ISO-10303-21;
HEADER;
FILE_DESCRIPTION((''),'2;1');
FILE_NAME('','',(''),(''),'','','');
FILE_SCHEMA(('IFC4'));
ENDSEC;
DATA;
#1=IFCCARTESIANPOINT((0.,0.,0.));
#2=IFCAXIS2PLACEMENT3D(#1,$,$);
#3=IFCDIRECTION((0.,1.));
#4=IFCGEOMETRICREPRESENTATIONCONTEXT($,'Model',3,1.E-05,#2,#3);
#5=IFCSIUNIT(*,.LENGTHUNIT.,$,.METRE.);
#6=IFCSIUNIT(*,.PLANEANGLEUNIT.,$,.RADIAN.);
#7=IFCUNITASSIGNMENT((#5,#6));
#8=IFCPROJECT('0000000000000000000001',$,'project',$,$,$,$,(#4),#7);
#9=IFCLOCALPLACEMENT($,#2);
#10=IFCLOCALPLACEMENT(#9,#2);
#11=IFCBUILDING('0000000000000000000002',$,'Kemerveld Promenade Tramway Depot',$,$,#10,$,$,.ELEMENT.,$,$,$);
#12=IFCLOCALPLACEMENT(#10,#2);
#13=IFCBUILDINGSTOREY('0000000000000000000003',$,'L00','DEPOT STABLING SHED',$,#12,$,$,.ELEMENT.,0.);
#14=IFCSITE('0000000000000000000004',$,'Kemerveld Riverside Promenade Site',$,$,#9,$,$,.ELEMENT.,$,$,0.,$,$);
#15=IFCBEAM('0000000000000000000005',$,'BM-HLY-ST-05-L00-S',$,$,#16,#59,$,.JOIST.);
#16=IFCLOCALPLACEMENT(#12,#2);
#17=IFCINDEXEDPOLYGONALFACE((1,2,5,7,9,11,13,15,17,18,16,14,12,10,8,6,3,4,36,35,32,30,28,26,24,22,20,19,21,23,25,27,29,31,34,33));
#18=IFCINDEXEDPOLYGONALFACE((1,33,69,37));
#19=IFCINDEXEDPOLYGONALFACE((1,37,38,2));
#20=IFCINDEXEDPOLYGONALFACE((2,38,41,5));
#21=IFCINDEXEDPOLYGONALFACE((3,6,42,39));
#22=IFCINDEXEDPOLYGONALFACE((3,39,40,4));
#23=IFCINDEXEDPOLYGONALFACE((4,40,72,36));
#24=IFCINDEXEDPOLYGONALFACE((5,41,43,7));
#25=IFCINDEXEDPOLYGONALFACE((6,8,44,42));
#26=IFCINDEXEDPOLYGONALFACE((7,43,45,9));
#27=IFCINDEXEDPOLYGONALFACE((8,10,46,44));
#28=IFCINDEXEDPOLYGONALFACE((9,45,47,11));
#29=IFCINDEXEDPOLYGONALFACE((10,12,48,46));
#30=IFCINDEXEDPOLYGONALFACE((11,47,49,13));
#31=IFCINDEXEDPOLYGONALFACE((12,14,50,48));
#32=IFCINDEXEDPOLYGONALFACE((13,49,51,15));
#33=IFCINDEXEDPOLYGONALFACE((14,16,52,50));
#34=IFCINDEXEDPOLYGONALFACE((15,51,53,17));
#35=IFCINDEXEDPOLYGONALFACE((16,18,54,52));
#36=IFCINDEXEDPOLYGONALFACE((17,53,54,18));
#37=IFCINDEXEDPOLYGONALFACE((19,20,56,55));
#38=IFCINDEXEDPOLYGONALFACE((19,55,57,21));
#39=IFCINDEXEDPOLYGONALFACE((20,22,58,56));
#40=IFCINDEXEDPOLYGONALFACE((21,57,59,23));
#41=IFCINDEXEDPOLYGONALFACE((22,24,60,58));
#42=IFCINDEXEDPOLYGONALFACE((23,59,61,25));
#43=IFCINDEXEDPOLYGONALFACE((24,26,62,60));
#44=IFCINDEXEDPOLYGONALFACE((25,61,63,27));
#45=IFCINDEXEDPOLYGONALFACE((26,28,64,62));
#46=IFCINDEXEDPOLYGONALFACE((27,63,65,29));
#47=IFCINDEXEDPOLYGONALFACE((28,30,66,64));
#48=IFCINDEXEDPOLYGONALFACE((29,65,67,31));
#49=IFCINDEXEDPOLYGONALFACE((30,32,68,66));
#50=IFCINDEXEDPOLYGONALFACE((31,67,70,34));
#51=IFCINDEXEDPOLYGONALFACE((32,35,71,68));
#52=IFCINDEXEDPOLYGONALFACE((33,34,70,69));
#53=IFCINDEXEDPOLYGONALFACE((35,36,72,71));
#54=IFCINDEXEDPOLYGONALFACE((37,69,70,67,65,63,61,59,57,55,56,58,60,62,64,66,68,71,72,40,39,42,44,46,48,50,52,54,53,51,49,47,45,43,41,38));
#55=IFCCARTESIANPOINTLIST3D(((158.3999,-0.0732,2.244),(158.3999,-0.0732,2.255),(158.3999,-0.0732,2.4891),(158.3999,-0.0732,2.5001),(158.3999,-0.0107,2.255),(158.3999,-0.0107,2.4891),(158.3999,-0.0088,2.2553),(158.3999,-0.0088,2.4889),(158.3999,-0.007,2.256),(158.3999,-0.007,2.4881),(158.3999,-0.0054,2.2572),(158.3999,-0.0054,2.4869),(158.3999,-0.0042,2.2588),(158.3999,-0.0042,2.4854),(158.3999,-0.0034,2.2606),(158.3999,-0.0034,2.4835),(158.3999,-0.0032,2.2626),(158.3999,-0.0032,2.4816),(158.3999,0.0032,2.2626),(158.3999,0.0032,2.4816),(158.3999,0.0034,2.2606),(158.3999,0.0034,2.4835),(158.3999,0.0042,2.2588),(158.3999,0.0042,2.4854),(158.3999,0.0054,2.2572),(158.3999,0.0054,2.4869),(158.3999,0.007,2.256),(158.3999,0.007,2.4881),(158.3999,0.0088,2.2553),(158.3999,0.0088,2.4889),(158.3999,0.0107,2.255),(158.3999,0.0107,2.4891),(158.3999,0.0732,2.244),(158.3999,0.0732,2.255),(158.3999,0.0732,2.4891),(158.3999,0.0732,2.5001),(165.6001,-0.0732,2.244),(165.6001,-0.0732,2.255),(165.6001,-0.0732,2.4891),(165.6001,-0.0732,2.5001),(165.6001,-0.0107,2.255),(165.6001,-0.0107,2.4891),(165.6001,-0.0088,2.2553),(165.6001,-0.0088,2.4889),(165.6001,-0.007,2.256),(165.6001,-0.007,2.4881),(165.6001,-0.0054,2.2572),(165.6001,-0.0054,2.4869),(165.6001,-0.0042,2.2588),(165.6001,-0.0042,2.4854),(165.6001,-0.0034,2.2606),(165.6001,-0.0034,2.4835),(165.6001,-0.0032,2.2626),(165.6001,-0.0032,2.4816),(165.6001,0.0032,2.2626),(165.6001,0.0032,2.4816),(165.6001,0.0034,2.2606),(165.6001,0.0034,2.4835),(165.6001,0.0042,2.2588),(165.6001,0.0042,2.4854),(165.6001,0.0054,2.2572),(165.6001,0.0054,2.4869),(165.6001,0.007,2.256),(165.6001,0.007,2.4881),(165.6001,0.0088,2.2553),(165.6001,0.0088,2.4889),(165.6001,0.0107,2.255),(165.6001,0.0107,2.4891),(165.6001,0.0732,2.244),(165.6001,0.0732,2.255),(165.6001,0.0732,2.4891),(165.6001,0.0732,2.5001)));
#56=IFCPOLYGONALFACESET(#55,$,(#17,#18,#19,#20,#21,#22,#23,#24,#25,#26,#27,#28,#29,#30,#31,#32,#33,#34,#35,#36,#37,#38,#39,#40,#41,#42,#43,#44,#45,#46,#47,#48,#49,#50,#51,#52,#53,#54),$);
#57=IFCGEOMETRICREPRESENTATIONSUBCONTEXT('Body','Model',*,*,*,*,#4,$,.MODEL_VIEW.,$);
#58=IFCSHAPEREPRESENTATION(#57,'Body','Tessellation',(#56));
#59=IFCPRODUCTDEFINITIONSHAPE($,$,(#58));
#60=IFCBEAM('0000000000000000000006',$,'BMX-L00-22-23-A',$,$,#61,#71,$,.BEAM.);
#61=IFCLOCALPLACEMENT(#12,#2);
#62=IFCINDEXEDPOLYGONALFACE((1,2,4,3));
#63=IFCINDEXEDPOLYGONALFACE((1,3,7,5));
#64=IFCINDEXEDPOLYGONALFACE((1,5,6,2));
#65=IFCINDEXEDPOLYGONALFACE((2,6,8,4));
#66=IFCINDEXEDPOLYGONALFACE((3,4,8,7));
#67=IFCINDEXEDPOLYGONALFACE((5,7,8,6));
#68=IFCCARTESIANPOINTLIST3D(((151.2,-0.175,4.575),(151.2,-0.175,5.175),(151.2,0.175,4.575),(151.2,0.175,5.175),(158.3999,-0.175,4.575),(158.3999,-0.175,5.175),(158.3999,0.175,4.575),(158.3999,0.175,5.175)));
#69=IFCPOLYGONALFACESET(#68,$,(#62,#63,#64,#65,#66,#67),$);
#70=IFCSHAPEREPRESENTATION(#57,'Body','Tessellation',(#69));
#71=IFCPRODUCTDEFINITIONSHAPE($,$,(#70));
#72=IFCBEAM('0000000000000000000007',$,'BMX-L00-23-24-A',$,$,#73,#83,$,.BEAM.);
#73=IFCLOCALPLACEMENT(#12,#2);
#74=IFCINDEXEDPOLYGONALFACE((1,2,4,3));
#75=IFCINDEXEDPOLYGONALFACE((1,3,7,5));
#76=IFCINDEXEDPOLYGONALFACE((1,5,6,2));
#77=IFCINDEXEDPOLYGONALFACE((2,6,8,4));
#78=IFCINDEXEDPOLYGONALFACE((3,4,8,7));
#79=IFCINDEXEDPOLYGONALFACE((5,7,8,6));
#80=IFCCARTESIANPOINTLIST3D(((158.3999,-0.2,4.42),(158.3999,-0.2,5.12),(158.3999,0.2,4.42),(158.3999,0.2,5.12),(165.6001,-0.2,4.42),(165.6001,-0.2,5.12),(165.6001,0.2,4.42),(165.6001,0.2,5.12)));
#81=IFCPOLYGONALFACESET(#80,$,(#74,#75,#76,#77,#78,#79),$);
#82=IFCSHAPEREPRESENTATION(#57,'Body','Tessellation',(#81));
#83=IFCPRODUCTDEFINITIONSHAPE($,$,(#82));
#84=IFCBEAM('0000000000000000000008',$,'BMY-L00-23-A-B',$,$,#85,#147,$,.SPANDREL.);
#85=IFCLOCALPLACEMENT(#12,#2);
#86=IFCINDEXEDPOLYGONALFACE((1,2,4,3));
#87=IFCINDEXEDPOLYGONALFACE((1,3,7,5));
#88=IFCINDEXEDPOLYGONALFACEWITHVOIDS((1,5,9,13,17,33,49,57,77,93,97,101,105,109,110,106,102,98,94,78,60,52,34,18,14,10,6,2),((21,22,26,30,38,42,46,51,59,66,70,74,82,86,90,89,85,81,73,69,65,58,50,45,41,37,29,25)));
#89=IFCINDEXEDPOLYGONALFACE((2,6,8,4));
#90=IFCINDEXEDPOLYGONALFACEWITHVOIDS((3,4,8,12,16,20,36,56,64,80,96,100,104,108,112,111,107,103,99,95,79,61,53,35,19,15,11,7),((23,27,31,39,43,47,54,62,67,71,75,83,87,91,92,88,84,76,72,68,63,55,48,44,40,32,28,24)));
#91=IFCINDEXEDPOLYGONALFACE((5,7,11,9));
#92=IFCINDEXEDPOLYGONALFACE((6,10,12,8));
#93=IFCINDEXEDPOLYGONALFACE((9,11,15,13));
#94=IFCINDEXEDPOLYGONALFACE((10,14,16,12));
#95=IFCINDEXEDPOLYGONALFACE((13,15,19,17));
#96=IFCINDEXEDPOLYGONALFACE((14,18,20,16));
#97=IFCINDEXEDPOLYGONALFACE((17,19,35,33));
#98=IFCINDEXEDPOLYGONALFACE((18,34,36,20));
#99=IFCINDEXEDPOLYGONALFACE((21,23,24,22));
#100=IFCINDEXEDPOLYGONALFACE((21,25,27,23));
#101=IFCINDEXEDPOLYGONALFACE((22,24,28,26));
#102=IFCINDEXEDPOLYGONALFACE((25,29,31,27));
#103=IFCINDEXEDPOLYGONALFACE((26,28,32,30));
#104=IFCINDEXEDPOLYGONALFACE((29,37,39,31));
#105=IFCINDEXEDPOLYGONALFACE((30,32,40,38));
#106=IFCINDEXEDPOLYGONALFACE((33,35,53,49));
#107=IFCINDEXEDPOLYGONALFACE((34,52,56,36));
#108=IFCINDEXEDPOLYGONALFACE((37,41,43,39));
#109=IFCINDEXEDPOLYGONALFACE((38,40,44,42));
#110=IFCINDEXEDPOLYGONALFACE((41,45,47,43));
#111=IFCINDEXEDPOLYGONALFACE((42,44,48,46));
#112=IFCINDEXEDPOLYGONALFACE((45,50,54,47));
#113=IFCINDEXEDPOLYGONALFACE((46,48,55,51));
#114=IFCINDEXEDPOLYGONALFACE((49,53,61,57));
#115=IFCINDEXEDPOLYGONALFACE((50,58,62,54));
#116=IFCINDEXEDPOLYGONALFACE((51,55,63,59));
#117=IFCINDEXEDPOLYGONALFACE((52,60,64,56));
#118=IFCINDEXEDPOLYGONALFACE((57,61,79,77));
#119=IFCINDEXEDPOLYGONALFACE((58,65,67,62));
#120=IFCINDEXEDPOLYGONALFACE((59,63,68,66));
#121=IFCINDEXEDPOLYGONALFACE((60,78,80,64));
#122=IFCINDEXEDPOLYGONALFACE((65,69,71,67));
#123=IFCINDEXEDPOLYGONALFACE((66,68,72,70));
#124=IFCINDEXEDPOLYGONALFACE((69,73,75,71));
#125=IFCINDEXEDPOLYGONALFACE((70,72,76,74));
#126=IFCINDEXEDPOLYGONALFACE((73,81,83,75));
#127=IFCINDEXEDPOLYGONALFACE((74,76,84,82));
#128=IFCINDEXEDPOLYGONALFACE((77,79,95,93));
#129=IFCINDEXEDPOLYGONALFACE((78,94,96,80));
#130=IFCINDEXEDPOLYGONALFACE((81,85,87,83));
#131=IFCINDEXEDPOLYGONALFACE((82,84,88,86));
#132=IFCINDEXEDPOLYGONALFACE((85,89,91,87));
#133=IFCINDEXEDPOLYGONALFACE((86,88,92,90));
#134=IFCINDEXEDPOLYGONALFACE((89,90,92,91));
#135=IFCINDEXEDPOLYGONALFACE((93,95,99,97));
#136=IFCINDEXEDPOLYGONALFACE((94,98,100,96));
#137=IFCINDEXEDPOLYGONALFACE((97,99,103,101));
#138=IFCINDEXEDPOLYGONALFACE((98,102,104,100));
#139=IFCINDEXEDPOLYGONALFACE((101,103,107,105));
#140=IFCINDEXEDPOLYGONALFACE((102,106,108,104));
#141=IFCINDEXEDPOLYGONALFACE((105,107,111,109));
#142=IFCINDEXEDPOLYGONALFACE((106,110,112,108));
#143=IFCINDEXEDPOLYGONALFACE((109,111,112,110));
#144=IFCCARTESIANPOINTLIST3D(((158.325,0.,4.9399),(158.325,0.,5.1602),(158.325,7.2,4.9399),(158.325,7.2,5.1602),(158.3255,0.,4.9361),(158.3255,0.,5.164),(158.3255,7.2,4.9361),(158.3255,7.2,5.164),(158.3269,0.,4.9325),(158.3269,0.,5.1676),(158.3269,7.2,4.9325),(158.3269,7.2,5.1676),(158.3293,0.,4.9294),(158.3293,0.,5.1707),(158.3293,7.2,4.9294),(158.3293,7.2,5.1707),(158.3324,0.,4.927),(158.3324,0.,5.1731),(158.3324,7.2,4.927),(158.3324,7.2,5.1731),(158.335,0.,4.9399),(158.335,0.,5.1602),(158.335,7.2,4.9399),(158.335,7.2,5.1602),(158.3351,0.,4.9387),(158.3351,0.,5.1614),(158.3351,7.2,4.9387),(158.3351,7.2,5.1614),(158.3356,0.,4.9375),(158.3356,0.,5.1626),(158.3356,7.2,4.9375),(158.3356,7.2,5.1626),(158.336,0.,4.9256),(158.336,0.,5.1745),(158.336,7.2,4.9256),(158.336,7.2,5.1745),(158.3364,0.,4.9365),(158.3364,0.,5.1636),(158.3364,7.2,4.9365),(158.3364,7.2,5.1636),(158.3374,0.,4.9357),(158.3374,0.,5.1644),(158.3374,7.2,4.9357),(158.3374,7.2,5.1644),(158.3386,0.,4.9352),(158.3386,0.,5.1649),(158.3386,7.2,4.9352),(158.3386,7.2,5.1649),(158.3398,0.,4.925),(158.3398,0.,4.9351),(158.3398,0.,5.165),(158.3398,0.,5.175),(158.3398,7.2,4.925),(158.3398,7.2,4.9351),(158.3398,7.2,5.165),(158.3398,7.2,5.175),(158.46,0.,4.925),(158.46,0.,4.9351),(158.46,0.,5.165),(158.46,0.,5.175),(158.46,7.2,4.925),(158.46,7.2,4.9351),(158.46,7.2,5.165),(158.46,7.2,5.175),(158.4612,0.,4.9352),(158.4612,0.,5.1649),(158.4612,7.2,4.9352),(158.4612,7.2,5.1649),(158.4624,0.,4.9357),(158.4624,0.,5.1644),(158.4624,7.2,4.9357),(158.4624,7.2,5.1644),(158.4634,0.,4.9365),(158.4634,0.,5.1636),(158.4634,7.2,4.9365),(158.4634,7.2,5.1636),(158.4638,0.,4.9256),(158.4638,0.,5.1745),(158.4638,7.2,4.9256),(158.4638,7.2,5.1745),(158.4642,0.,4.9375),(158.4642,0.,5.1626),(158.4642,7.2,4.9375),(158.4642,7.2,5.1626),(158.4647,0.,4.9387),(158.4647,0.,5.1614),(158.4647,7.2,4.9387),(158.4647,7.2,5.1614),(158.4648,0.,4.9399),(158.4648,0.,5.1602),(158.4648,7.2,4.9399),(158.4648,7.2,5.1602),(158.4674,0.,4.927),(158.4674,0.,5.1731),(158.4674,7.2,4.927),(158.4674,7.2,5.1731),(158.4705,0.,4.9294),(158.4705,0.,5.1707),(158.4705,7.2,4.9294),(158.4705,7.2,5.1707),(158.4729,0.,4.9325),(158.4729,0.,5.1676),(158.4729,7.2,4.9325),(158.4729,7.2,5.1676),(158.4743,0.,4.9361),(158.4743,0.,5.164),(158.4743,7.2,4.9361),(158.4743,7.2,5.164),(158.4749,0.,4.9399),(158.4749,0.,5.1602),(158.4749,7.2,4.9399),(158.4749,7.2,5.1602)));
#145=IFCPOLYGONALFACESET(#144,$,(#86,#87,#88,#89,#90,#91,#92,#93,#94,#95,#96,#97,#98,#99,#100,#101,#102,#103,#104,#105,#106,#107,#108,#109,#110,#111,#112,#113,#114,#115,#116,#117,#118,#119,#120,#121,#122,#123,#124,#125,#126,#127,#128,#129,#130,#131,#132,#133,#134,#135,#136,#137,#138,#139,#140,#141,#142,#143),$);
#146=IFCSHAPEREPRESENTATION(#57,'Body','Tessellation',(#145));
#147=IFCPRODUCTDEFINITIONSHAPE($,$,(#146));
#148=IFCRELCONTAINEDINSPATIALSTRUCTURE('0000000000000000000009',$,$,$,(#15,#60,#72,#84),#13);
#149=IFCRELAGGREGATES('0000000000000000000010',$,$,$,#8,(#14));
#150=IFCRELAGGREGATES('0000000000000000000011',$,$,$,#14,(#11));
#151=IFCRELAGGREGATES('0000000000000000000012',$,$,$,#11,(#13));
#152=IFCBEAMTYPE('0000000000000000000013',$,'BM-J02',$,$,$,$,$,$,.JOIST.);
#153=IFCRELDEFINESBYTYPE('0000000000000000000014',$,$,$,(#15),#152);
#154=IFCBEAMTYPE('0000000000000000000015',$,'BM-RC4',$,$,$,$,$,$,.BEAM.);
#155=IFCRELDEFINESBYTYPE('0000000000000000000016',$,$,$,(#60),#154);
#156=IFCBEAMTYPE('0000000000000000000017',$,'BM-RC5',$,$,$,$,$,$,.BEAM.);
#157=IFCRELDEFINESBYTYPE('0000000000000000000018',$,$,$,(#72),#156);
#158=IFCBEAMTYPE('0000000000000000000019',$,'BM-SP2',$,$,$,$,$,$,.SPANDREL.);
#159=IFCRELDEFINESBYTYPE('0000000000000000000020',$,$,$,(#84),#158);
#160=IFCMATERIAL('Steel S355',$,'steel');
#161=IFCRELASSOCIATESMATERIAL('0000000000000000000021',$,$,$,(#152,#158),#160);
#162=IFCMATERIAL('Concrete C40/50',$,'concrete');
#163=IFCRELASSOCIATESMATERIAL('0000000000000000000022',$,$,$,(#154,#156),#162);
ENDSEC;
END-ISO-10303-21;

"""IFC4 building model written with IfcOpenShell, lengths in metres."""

from ifc_helpers import new_model, si_unit, direction, frame, origin, origin_2d, place, context, subcontext, project, spatial, rectangle, hollow_rectangle, i_section, extrude, material, material_profile, profile_set, type_object, element, save


model = new_model("IFC4")

# Units and contexts
model_context = context("Model", 3, precision=1e-05, world=origin(), true_north=direction((0.0, 1.0)))
body_context = subcontext(model_context, "Body", "Model", "MODEL_VIEW")
ifc_project = project(units=[si_unit("LENGTHUNIT", "METRE"), si_unit("PLANEANGLEUNIT", "RADIAN")], contexts=[model_context])

# Site, building, storey
site_placement = place(None, origin())
site = spatial("IfcSite", under=ifc_project, at=site_placement, Name="Kemerveld Riverside Promenade Site", CompositionType="ELEMENT", RefElevation=0.0)
building_placement = place(site_placement, origin())
building = spatial("IfcBuilding", under=site, at=building_placement, Name="Kemerveld Promenade Tramway Depot", CompositionType="ELEMENT")
storey_placement = place(building_placement, origin())
storey = spatial("IfcBuildingStorey", under=building, at=storey_placement, Name="L00", Description="DEPOT STABLING SHED", CompositionType="ELEMENT", Elevation=0.0)

# Shared definitions
ifc_material_1 = material(Name="Concrete C40/50", Category="concrete")
ifc_material_2 = material(Name="Steel S355", Category="steel")

# Beams
ifc_material_profile_1 = material_profile(ifc_material_2, i_section(OverallWidth=0.1465, OverallDepth=0.2561, WebThickness=0.0063, FlangeThickness=0.011, FilletRadius=0.0076, at=origin_2d()), Name="254x146x37 UB")
ifc_profile_set_1 = profile_set([ifc_material_profile_1], Name="Steel S355")
beam_type_1 = type_object("IfcBeamType", Name="BM-J02", PredefinedType="JOIST", material=ifc_profile_set_1)
beam_1_placement = place(storey_placement, frame((158.3999, 0.0, 2.3721), z_axis=(1.0, 0.0, 0.0), x_axis=(0.0, 1.0, 0.0)))
element("IfcBeam", 1, at=beam_1_placement, inside=storey, type_object=beam_type_1, Name="BM-HLY-ST-05-L00-S", PredefinedType="JOIST", context=body_context, shape_type="SweptSolid", body=[
    extrude(i_section(OverallWidth=0.1465, OverallDepth=0.2561, WebThickness=0.0063, FlangeThickness=0.011, FilletRadius=0.0076, at=origin_2d()), origin(), (0.0, 0.0, 1.0), 7.2002),
])
ifc_material_profile_2 = material_profile(ifc_material_1, rectangle(XDim=0.3501, YDim=0.6001, at=origin_2d()), Name="RC-BM-350x600")
ifc_profile_set_2 = profile_set([ifc_material_profile_2], Name="Concrete C40/50")
beam_type_2 = type_object("IfcBeamType", Name="BM-RC4", PredefinedType="BEAM", material=ifc_profile_set_2)
beam_2_placement = place(storey_placement, frame((151.2, 0.0, 4.875), z_axis=(1.0, 0.0, 0.0), x_axis=(0.0, 1.0, 0.0)))
element("IfcBeam", 2, at=beam_2_placement, inside=storey, type_object=beam_type_2, Name="BMX-L00-22-23-A", PredefinedType="BEAM", context=body_context, shape_type="SweptSolid", body=[
    extrude(rectangle(XDim=0.3501, YDim=0.6001, at=origin_2d()), origin(), (0.0, 0.0, 1.0), 7.2),
])
ifc_material_profile_3 = material_profile(ifc_material_1, rectangle(XDim=0.3999, YDim=0.7, at=origin_2d()), Name="RC-BM-400x700")
ifc_profile_set_3 = profile_set([ifc_material_profile_3], Name="Concrete C40/50")
beam_type_3 = type_object("IfcBeamType", Name="BM-RC5", PredefinedType="BEAM", material=ifc_profile_set_3)
beam_3_placement = place(storey_placement, frame((158.3999, 0.0, 4.77), z_axis=(1.0, 0.0, 0.0), x_axis=(0.0, 1.0, 0.0)))
element("IfcBeam", 3, at=beam_3_placement, inside=storey, type_object=beam_type_3, Name="BMX-L00-23-24-A", PredefinedType="BEAM", context=body_context, shape_type="SweptSolid", body=[
    extrude(rectangle(XDim=0.3999, YDim=0.7, at=origin_2d()), origin(), (0.0, 0.0, 1.0), 7.2002),
])
ifc_material_profile_4 = material_profile(ifc_material_2, hollow_rectangle(XDim=0.1499, YDim=0.25, WallThickness=0.01, InnerFilletRadius=0.0049, OuterFilletRadius=0.0149, at=origin_2d()), Name="250x150x10.0 RHS")
ifc_profile_set_4 = profile_set([ifc_material_profile_4], Name="Steel S355")
beam_type_4 = type_object("IfcBeamType", Name="BM-SP2", PredefinedType="SPANDREL", material=ifc_profile_set_4)
beam_4_placement = place(storey_placement, frame((158.3999, 0.0, 5.05), z_axis=(0.0, 1.0, 0.0), x_axis=(-1.0, 0.0, 0.0)))
element("IfcBeam", 4, at=beam_4_placement, inside=storey, type_object=beam_type_4, Name="BMY-L00-23-A-B", PredefinedType="SPANDREL", context=body_context, shape_type="SweptSolid", body=[
    extrude(hollow_rectangle(XDim=0.1499, YDim=0.25, WallThickness=0.01, InnerFilletRadius=0.0049, OuterFilletRadius=0.0149, at=origin_2d()), origin(), (0.0, 0.0, 1.0), 7.2),
])

save(model, "model.ifc")
